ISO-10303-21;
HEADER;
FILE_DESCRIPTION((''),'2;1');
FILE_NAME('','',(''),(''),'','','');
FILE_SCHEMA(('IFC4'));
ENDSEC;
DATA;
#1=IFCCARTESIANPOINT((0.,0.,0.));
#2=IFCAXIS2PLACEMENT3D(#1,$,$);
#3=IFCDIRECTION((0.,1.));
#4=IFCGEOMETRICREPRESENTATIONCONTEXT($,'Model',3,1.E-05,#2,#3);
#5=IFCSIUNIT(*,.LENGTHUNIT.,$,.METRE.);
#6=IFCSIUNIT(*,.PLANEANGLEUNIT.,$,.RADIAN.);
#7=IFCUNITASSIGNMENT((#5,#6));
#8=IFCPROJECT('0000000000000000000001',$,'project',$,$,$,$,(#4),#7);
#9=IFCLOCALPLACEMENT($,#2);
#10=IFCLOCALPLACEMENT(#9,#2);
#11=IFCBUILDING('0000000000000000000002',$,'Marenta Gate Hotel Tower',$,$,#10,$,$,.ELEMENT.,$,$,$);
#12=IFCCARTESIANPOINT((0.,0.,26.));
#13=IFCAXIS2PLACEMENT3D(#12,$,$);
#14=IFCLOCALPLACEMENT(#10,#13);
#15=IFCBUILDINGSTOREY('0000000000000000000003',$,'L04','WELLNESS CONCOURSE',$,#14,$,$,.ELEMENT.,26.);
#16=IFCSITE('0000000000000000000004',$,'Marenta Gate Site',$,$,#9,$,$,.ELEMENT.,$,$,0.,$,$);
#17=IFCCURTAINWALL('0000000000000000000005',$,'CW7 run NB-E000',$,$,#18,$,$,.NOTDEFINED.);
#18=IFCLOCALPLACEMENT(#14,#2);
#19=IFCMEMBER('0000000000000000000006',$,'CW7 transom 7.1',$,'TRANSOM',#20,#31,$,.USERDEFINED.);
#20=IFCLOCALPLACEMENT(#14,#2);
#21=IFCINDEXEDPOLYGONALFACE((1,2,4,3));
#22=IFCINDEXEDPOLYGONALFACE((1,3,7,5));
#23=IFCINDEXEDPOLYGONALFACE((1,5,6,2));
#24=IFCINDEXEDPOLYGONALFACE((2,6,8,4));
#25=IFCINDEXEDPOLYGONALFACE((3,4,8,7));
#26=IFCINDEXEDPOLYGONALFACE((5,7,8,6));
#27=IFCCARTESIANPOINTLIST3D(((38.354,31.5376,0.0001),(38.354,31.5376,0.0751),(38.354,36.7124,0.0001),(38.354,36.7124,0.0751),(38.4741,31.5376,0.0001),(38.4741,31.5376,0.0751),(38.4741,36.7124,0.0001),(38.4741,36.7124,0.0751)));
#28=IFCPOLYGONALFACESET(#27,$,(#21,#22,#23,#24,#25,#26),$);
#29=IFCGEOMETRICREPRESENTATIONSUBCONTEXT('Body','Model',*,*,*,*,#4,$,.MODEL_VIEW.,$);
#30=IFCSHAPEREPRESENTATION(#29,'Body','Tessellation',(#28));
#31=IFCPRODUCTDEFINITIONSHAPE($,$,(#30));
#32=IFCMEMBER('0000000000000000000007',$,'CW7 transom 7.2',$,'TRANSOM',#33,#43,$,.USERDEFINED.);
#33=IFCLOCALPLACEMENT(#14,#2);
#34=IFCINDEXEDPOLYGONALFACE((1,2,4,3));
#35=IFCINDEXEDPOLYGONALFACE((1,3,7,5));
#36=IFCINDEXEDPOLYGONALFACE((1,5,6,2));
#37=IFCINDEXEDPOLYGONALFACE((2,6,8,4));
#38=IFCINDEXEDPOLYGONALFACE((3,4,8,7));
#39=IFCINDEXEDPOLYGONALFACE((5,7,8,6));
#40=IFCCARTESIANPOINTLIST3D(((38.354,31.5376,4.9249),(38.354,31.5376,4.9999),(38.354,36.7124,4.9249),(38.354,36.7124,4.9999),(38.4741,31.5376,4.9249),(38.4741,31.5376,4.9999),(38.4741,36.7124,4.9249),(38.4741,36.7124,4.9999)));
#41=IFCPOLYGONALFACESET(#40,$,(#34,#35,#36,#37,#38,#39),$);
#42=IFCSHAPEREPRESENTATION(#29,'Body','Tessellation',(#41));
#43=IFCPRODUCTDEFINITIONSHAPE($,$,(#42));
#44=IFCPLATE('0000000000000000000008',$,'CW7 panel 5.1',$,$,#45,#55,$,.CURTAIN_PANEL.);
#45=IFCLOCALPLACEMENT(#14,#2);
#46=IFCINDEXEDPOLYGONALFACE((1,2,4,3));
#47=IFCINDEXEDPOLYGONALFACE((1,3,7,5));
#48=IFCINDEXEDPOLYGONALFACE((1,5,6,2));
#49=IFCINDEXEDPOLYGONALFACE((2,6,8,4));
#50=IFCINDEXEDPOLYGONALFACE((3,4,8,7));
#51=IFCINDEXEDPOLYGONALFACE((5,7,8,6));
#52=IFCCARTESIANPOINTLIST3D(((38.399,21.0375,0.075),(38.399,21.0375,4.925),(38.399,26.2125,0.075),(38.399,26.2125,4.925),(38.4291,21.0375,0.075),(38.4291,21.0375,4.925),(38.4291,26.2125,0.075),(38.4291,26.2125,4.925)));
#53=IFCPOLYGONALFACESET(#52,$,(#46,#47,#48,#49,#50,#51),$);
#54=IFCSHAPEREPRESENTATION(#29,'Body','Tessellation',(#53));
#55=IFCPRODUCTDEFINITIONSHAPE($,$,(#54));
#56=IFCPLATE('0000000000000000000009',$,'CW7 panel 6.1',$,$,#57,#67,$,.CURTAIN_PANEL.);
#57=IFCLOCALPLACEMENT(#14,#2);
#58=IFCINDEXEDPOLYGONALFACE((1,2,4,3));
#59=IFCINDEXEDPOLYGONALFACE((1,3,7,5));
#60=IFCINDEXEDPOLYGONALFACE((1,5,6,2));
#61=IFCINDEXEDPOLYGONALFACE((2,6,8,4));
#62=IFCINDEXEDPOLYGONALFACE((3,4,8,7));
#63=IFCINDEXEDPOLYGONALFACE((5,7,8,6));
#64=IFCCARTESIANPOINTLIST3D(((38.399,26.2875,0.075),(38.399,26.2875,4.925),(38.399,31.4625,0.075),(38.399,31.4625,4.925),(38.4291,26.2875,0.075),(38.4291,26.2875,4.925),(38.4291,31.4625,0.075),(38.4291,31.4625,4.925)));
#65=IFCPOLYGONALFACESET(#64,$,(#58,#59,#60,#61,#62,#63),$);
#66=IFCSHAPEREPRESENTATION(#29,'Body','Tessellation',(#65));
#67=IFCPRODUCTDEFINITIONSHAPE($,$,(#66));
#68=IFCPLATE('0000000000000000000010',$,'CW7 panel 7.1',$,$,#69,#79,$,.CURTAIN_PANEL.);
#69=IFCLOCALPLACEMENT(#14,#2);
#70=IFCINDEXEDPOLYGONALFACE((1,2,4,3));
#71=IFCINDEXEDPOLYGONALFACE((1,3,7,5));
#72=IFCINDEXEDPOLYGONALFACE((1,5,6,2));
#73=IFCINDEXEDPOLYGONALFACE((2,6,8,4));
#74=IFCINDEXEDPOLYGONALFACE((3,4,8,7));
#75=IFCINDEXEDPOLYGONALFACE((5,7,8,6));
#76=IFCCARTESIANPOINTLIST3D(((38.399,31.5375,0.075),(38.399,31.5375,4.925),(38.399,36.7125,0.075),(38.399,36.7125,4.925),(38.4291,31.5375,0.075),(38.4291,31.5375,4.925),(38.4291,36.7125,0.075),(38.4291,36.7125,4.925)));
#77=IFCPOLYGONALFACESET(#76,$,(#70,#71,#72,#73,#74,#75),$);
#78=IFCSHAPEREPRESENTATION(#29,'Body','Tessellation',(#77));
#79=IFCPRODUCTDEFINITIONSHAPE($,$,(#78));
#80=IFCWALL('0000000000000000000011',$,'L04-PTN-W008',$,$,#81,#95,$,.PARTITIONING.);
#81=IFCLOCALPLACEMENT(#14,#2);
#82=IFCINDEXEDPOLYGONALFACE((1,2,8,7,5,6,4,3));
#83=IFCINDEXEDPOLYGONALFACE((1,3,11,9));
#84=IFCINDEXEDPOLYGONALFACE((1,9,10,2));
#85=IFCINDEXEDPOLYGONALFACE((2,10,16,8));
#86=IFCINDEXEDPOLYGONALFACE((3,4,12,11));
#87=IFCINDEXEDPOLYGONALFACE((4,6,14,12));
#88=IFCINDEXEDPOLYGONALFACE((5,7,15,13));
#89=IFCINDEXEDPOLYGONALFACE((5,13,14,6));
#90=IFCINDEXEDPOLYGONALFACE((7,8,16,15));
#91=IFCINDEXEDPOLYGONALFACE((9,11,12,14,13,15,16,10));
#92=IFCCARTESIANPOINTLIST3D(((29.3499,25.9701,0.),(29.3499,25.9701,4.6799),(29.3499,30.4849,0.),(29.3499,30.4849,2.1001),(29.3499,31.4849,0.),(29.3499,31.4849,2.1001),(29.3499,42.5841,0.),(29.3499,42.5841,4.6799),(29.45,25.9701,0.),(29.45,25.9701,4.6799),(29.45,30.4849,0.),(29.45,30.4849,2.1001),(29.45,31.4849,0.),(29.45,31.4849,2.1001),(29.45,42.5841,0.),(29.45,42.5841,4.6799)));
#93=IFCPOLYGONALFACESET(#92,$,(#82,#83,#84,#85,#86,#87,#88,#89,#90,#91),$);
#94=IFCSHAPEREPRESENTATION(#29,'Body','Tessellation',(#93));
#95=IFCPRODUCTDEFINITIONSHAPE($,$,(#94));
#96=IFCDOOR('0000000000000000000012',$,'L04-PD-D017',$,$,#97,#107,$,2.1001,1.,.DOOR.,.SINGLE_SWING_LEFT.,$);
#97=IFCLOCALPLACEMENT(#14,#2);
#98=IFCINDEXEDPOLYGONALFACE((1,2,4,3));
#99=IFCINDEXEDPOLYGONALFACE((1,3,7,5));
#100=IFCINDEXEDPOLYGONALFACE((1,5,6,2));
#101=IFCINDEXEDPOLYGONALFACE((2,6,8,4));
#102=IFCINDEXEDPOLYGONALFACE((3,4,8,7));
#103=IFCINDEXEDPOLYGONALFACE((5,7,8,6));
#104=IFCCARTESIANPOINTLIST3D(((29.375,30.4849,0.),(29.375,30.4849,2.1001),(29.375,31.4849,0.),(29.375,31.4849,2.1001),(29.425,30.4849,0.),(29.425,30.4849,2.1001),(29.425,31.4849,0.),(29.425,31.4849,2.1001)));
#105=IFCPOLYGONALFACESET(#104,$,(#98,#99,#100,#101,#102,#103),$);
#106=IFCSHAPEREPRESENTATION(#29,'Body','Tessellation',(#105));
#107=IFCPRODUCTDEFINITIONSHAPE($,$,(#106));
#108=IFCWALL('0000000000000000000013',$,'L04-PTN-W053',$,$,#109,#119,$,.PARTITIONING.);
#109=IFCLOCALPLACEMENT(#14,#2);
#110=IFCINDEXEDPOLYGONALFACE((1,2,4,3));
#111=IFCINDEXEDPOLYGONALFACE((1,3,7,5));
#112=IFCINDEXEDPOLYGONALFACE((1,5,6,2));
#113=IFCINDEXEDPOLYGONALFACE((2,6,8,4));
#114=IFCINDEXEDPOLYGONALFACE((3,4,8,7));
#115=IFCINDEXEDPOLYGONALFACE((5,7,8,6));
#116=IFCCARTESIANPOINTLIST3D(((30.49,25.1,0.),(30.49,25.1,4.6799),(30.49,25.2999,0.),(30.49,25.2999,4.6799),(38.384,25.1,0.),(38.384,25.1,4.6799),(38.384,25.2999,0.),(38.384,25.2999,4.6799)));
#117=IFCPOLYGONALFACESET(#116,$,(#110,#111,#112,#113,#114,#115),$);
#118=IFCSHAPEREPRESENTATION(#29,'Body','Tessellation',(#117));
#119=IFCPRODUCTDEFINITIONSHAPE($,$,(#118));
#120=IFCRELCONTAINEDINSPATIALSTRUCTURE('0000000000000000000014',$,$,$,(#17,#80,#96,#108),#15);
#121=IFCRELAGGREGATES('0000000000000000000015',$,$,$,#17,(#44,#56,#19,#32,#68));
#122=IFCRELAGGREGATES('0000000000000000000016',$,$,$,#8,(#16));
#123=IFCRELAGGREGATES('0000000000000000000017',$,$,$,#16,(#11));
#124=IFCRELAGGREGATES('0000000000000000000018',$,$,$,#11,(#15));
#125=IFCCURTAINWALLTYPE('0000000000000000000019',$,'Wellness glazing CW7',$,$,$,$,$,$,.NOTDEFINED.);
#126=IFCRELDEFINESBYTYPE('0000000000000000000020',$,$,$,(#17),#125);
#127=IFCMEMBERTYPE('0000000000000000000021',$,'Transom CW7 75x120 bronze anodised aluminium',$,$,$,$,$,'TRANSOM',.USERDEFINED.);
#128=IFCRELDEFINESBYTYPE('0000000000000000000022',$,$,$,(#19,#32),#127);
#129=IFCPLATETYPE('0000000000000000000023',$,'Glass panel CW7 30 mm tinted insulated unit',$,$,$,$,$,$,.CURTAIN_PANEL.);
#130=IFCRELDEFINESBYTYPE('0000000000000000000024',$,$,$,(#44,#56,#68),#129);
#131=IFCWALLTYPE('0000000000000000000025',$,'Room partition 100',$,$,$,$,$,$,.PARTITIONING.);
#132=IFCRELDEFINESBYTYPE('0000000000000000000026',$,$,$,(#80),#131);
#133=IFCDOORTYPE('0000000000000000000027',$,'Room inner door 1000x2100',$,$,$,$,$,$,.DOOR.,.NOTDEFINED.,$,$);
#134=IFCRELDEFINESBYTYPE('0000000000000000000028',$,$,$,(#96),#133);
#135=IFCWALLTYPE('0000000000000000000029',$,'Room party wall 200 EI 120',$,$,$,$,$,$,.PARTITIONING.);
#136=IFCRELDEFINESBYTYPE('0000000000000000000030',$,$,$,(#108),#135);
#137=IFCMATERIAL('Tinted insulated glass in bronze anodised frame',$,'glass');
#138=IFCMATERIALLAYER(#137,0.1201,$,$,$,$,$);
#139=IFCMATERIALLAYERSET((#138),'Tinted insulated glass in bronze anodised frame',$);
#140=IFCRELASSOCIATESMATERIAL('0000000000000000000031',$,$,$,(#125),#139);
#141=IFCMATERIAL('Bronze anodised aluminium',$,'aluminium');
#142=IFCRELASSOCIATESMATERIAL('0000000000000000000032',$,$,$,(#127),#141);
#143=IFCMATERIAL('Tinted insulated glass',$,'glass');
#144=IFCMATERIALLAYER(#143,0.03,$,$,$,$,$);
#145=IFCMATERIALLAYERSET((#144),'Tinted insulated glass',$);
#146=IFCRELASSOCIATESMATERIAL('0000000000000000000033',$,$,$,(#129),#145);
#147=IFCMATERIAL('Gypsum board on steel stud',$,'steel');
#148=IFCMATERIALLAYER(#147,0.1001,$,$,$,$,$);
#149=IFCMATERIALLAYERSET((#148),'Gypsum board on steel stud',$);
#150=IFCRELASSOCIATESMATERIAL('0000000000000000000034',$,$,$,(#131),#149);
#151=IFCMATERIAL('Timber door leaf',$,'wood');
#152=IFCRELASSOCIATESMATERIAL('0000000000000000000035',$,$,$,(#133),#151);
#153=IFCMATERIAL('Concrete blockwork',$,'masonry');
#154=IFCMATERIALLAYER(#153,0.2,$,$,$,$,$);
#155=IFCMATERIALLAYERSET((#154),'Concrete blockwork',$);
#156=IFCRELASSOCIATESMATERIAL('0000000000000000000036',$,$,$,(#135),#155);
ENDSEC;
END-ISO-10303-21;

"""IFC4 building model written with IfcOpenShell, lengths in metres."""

from ifc_helpers import new_model, si_unit, direction, frame, frame_2d, origin, origin_2d, place, context, subcontext, project, spatial, rectangle, extrude, material, layer, layer_set, material_profile, profile_set, type_object, element, fill, aggregate, save


model = new_model("IFC4")

# Units and contexts
model_context = context("Model", 3, precision=1e-05, world=origin(), true_north=direction((0.0, 1.0)))
body_context = subcontext(model_context, "Body", "Model", "MODEL_VIEW")
ifc_project = project(units=[si_unit("LENGTHUNIT", "METRE"), si_unit("PLANEANGLEUNIT", "RADIAN")], contexts=[model_context])

# Site, building, storey
site_placement = place(None, origin())
site = spatial("IfcSite", under=ifc_project, at=site_placement, Name="Marenta Gate Site", CompositionType="ELEMENT", RefElevation=0.0)
building_placement = place(site_placement, origin())
building = spatial("IfcBuilding", under=site, at=building_placement, Name="Marenta Gate Hotel Tower", CompositionType="ELEMENT")
storey_placement = place(building_placement, frame((0.0, 0.0, 26.0)))
storey = spatial("IfcBuildingStorey", under=building, at=storey_placement, Name="L04", Description="WELLNESS CONCOURSE", CompositionType="ELEMENT", Elevation=26.0)

# Curtain wall
ifc_material_1 = material(Name="Tinted insulated glass in bronze anodised frame", Category="glass")
ifc_layer_1 = layer(ifc_material_1, 0.1201)
ifc_layer_set_1 = layer_set([ifc_layer_1], Name="Tinted insulated glass in bronze anodised frame")
curtain_wall_type = type_object("IfcCurtainWallType", Name="Wellness glazing CW7", PredefinedType="NOTDEFINED", material=ifc_layer_set_1)
curtain_wall_placement = place(storey_placement, origin())
curtain_wall = element("IfcCurtainWall", 1, at=curtain_wall_placement, inside=storey, type_object=curtain_wall_type, Name="CW7 run NB-E000", PredefinedType="NOTDEFINED")

# Members
ifc_material_2 = material(Name="Bronze anodised aluminium", Category="aluminium")
ifc_material_profile_1 = material_profile(ifc_material_2, rectangle(XDim=0.1201, YDim=0.075, at=origin_2d()), Name="Transom CW7 75x120 bronze anodised aluminium")
ifc_profile_set_1 = profile_set([ifc_material_profile_1], Name="Bronze anodised aluminium")
member_type_1 = type_object("IfcMemberType", Name="Transom CW7 75x120 bronze anodised aluminium", ElementType="TRANSOM", PredefinedType="USERDEFINED", material=ifc_profile_set_1)
member_1_placement = place(storey_placement, frame((38.4141, 31.5376, 0.0376), z_axis=(0.0, 1.0, 0.0), x_axis=(-1.0, 0.0, 0.0)))
member_1 = element("IfcMember", 2, at=member_1_placement, type_object=member_type_1, Name="CW7 transom 7.1", ObjectType="TRANSOM", PredefinedType="USERDEFINED", context=body_context, shape_type="SweptSolid", body=[
    extrude(rectangle(XDim=0.1201, YDim=0.075, at=origin_2d()), origin(), (0.0, 0.0, 1.0), 5.1748),
])
member_2_placement = place(storey_placement, frame((38.4141, 31.5376, 4.9624), z_axis=(0.0, 1.0, 0.0), x_axis=(-1.0, 0.0, 0.0)))
member_2 = element("IfcMember", 3, at=member_2_placement, type_object=member_type_1, Name="CW7 transom 7.2", ObjectType="TRANSOM", PredefinedType="USERDEFINED", context=body_context, shape_type="SweptSolid", body=[
    extrude(rectangle(XDim=0.1201, YDim=0.075, at=origin_2d()), origin(), (0.0, 0.0, 1.0), 5.1748),
])

# Plates
ifc_material_3 = material(Name="Tinted insulated glass", Category="glass")
ifc_layer_2 = layer(ifc_material_3, 0.03)
ifc_layer_set_2 = layer_set([ifc_layer_2], Name="Tinted insulated glass")
plate_type = type_object("IfcPlateType", Name="Glass panel CW7 30 mm tinted insulated unit", PredefinedType="CURTAIN_PANEL", material=ifc_layer_set_2)
plate_1_placement = place(storey_placement, frame((38.4141, 23.625, 0.075), z_axis=(0.0, 0.0, 1.0), x_axis=(0.0, 1.0, 0.0)))
plate_1 = element("IfcPlate", 4, at=plate_1_placement, type_object=plate_type, Name="CW7 panel 5.1", PredefinedType="CURTAIN_PANEL", context=body_context, shape_type="SweptSolid", body=[
    extrude(rectangle(XDim=5.175, YDim=0.03, at=origin_2d()), origin(), (0.0, 0.0, 1.0), 4.8501),
])
plate_2_placement = place(storey_placement, frame((38.4141, 28.875, 0.075), z_axis=(0.0, 0.0, 1.0), x_axis=(0.0, 1.0, 0.0)))
plate_2 = element("IfcPlate", 5, at=plate_2_placement, type_object=plate_type, Name="CW7 panel 6.1", PredefinedType="CURTAIN_PANEL", context=body_context, shape_type="SweptSolid", body=[
    extrude(rectangle(XDim=5.175, YDim=0.03, at=origin_2d()), origin(), (0.0, 0.0, 1.0), 4.8501),
])
plate_3_placement = place(storey_placement, frame((38.4141, 34.125, 0.075), z_axis=(0.0, 0.0, 1.0), x_axis=(0.0, 1.0, 0.0)))
plate_3 = element("IfcPlate", 6, at=plate_3_placement, type_object=plate_type, Name="CW7 panel 7.1", PredefinedType="CURTAIN_PANEL", context=body_context, shape_type="SweptSolid", body=[
    extrude(rectangle(XDim=5.175, YDim=0.03, at=origin_2d()), origin(), (0.0, 0.0, 1.0), 4.8501),
])
aggregate(curtain_wall, [plate_1, plate_2, member_1, member_2, plate_3])

# Wall, opening, door
ifc_material_4 = material(Name="Gypsum board on steel stud", Category="steel")
ifc_layer_3 = layer(ifc_material_4, 0.1001)
ifc_layer_set_3 = layer_set([ifc_layer_3], Name="Gypsum board on steel stud")
wall_type_1 = type_object("IfcWallType", Name="Room partition 100", PredefinedType="PARTITIONING", material=ifc_layer_set_3)
wall_1_placement = place(storey_placement, frame((29.3999, 25.97, 0.0), z_axis=(0.0, 0.0, 1.0), x_axis=(0.0, 1.0, 0.0)))
wall_1 = element("IfcWall", 7, at=wall_1_placement, inside=storey, type_object=wall_type_1, Name="L04-PTN-W008", PredefinedType="PARTITIONING", context=body_context, shape_type="SweptSolid", body=[
    extrude(rectangle(XDim=16.614, YDim=0.1001, at=frame_2d((8.3071, 0.0))), origin(), (0.0, 0.0, 1.0), 4.6799),
])
opening_placement = place(wall_1_placement, frame((4.5149, 0.0, 0.0)))
opening = element("IfcOpeningElement", 8, at=opening_placement, cuts=wall_1, PredefinedType="OPENING", context=body_context, shape_type="SweptSolid", body=[
    extrude(rectangle(XDim=1.0, YDim=2.1001, at=frame_2d((0.5, 1.05))), frame((0.0, 0.05, 0.0), z_axis=(0.0, -1.0, 0.0), x_axis=(1.0, 0.0, 0.0)), (0.0, 0.0, 1.0), 0.1001),
])
ifc_material_5 = material(Name="Timber door leaf", Category="wood")
door_type = type_object("IfcDoorType", Name="Room inner door 1000x2100", OperationType="NOTDEFINED", PredefinedType="DOOR", material=ifc_material_5)
door_placement = place(opening_placement, origin())
door = element("IfcDoor", 9, at=door_placement, inside=storey, type_object=door_type, Name="L04-PD-D017", OperationType="SINGLE_SWING_LEFT", OverallHeight=2.1001, OverallWidth=1.0, PredefinedType="DOOR", context=body_context, shape_type="SweptSolid", body=[
    extrude(rectangle(XDim=1.0, YDim=2.1001, at=frame_2d((0.5, 1.05))), frame((0.0, 0.0249, 0.0), z_axis=(0.0, -1.0, 0.0), x_axis=(1.0, 0.0, 0.0)), (0.0, 0.0, 1.0), 0.05),
])
fill(opening, door)

# Wall
ifc_material_6 = material(Name="Concrete blockwork", Category="masonry")
ifc_layer_4 = layer(ifc_material_6, 0.2)
ifc_layer_set_4 = layer_set([ifc_layer_4], Name="Concrete blockwork")
wall_type_2 = type_object("IfcWallType", Name="Room party wall 200 EI 120", PredefinedType="PARTITIONING", material=ifc_layer_set_4)
wall_2_placement = place(storey_placement, frame((30.49, 25.2, 0.0), z_axis=(0.0, 0.0, 1.0), x_axis=(1.0, 0.0, 0.0)))
element("IfcWall", 10, at=wall_2_placement, inside=storey, type_object=wall_type_2, Name="L04-PTN-W053", PredefinedType="PARTITIONING", context=body_context, shape_type="SweptSolid", body=[
    extrude(rectangle(XDim=7.894, YDim=0.2, at=frame_2d((3.947, 0.0))), origin(), (0.0, 0.0, 1.0), 4.6799),
])

save(model, "model.ifc")
